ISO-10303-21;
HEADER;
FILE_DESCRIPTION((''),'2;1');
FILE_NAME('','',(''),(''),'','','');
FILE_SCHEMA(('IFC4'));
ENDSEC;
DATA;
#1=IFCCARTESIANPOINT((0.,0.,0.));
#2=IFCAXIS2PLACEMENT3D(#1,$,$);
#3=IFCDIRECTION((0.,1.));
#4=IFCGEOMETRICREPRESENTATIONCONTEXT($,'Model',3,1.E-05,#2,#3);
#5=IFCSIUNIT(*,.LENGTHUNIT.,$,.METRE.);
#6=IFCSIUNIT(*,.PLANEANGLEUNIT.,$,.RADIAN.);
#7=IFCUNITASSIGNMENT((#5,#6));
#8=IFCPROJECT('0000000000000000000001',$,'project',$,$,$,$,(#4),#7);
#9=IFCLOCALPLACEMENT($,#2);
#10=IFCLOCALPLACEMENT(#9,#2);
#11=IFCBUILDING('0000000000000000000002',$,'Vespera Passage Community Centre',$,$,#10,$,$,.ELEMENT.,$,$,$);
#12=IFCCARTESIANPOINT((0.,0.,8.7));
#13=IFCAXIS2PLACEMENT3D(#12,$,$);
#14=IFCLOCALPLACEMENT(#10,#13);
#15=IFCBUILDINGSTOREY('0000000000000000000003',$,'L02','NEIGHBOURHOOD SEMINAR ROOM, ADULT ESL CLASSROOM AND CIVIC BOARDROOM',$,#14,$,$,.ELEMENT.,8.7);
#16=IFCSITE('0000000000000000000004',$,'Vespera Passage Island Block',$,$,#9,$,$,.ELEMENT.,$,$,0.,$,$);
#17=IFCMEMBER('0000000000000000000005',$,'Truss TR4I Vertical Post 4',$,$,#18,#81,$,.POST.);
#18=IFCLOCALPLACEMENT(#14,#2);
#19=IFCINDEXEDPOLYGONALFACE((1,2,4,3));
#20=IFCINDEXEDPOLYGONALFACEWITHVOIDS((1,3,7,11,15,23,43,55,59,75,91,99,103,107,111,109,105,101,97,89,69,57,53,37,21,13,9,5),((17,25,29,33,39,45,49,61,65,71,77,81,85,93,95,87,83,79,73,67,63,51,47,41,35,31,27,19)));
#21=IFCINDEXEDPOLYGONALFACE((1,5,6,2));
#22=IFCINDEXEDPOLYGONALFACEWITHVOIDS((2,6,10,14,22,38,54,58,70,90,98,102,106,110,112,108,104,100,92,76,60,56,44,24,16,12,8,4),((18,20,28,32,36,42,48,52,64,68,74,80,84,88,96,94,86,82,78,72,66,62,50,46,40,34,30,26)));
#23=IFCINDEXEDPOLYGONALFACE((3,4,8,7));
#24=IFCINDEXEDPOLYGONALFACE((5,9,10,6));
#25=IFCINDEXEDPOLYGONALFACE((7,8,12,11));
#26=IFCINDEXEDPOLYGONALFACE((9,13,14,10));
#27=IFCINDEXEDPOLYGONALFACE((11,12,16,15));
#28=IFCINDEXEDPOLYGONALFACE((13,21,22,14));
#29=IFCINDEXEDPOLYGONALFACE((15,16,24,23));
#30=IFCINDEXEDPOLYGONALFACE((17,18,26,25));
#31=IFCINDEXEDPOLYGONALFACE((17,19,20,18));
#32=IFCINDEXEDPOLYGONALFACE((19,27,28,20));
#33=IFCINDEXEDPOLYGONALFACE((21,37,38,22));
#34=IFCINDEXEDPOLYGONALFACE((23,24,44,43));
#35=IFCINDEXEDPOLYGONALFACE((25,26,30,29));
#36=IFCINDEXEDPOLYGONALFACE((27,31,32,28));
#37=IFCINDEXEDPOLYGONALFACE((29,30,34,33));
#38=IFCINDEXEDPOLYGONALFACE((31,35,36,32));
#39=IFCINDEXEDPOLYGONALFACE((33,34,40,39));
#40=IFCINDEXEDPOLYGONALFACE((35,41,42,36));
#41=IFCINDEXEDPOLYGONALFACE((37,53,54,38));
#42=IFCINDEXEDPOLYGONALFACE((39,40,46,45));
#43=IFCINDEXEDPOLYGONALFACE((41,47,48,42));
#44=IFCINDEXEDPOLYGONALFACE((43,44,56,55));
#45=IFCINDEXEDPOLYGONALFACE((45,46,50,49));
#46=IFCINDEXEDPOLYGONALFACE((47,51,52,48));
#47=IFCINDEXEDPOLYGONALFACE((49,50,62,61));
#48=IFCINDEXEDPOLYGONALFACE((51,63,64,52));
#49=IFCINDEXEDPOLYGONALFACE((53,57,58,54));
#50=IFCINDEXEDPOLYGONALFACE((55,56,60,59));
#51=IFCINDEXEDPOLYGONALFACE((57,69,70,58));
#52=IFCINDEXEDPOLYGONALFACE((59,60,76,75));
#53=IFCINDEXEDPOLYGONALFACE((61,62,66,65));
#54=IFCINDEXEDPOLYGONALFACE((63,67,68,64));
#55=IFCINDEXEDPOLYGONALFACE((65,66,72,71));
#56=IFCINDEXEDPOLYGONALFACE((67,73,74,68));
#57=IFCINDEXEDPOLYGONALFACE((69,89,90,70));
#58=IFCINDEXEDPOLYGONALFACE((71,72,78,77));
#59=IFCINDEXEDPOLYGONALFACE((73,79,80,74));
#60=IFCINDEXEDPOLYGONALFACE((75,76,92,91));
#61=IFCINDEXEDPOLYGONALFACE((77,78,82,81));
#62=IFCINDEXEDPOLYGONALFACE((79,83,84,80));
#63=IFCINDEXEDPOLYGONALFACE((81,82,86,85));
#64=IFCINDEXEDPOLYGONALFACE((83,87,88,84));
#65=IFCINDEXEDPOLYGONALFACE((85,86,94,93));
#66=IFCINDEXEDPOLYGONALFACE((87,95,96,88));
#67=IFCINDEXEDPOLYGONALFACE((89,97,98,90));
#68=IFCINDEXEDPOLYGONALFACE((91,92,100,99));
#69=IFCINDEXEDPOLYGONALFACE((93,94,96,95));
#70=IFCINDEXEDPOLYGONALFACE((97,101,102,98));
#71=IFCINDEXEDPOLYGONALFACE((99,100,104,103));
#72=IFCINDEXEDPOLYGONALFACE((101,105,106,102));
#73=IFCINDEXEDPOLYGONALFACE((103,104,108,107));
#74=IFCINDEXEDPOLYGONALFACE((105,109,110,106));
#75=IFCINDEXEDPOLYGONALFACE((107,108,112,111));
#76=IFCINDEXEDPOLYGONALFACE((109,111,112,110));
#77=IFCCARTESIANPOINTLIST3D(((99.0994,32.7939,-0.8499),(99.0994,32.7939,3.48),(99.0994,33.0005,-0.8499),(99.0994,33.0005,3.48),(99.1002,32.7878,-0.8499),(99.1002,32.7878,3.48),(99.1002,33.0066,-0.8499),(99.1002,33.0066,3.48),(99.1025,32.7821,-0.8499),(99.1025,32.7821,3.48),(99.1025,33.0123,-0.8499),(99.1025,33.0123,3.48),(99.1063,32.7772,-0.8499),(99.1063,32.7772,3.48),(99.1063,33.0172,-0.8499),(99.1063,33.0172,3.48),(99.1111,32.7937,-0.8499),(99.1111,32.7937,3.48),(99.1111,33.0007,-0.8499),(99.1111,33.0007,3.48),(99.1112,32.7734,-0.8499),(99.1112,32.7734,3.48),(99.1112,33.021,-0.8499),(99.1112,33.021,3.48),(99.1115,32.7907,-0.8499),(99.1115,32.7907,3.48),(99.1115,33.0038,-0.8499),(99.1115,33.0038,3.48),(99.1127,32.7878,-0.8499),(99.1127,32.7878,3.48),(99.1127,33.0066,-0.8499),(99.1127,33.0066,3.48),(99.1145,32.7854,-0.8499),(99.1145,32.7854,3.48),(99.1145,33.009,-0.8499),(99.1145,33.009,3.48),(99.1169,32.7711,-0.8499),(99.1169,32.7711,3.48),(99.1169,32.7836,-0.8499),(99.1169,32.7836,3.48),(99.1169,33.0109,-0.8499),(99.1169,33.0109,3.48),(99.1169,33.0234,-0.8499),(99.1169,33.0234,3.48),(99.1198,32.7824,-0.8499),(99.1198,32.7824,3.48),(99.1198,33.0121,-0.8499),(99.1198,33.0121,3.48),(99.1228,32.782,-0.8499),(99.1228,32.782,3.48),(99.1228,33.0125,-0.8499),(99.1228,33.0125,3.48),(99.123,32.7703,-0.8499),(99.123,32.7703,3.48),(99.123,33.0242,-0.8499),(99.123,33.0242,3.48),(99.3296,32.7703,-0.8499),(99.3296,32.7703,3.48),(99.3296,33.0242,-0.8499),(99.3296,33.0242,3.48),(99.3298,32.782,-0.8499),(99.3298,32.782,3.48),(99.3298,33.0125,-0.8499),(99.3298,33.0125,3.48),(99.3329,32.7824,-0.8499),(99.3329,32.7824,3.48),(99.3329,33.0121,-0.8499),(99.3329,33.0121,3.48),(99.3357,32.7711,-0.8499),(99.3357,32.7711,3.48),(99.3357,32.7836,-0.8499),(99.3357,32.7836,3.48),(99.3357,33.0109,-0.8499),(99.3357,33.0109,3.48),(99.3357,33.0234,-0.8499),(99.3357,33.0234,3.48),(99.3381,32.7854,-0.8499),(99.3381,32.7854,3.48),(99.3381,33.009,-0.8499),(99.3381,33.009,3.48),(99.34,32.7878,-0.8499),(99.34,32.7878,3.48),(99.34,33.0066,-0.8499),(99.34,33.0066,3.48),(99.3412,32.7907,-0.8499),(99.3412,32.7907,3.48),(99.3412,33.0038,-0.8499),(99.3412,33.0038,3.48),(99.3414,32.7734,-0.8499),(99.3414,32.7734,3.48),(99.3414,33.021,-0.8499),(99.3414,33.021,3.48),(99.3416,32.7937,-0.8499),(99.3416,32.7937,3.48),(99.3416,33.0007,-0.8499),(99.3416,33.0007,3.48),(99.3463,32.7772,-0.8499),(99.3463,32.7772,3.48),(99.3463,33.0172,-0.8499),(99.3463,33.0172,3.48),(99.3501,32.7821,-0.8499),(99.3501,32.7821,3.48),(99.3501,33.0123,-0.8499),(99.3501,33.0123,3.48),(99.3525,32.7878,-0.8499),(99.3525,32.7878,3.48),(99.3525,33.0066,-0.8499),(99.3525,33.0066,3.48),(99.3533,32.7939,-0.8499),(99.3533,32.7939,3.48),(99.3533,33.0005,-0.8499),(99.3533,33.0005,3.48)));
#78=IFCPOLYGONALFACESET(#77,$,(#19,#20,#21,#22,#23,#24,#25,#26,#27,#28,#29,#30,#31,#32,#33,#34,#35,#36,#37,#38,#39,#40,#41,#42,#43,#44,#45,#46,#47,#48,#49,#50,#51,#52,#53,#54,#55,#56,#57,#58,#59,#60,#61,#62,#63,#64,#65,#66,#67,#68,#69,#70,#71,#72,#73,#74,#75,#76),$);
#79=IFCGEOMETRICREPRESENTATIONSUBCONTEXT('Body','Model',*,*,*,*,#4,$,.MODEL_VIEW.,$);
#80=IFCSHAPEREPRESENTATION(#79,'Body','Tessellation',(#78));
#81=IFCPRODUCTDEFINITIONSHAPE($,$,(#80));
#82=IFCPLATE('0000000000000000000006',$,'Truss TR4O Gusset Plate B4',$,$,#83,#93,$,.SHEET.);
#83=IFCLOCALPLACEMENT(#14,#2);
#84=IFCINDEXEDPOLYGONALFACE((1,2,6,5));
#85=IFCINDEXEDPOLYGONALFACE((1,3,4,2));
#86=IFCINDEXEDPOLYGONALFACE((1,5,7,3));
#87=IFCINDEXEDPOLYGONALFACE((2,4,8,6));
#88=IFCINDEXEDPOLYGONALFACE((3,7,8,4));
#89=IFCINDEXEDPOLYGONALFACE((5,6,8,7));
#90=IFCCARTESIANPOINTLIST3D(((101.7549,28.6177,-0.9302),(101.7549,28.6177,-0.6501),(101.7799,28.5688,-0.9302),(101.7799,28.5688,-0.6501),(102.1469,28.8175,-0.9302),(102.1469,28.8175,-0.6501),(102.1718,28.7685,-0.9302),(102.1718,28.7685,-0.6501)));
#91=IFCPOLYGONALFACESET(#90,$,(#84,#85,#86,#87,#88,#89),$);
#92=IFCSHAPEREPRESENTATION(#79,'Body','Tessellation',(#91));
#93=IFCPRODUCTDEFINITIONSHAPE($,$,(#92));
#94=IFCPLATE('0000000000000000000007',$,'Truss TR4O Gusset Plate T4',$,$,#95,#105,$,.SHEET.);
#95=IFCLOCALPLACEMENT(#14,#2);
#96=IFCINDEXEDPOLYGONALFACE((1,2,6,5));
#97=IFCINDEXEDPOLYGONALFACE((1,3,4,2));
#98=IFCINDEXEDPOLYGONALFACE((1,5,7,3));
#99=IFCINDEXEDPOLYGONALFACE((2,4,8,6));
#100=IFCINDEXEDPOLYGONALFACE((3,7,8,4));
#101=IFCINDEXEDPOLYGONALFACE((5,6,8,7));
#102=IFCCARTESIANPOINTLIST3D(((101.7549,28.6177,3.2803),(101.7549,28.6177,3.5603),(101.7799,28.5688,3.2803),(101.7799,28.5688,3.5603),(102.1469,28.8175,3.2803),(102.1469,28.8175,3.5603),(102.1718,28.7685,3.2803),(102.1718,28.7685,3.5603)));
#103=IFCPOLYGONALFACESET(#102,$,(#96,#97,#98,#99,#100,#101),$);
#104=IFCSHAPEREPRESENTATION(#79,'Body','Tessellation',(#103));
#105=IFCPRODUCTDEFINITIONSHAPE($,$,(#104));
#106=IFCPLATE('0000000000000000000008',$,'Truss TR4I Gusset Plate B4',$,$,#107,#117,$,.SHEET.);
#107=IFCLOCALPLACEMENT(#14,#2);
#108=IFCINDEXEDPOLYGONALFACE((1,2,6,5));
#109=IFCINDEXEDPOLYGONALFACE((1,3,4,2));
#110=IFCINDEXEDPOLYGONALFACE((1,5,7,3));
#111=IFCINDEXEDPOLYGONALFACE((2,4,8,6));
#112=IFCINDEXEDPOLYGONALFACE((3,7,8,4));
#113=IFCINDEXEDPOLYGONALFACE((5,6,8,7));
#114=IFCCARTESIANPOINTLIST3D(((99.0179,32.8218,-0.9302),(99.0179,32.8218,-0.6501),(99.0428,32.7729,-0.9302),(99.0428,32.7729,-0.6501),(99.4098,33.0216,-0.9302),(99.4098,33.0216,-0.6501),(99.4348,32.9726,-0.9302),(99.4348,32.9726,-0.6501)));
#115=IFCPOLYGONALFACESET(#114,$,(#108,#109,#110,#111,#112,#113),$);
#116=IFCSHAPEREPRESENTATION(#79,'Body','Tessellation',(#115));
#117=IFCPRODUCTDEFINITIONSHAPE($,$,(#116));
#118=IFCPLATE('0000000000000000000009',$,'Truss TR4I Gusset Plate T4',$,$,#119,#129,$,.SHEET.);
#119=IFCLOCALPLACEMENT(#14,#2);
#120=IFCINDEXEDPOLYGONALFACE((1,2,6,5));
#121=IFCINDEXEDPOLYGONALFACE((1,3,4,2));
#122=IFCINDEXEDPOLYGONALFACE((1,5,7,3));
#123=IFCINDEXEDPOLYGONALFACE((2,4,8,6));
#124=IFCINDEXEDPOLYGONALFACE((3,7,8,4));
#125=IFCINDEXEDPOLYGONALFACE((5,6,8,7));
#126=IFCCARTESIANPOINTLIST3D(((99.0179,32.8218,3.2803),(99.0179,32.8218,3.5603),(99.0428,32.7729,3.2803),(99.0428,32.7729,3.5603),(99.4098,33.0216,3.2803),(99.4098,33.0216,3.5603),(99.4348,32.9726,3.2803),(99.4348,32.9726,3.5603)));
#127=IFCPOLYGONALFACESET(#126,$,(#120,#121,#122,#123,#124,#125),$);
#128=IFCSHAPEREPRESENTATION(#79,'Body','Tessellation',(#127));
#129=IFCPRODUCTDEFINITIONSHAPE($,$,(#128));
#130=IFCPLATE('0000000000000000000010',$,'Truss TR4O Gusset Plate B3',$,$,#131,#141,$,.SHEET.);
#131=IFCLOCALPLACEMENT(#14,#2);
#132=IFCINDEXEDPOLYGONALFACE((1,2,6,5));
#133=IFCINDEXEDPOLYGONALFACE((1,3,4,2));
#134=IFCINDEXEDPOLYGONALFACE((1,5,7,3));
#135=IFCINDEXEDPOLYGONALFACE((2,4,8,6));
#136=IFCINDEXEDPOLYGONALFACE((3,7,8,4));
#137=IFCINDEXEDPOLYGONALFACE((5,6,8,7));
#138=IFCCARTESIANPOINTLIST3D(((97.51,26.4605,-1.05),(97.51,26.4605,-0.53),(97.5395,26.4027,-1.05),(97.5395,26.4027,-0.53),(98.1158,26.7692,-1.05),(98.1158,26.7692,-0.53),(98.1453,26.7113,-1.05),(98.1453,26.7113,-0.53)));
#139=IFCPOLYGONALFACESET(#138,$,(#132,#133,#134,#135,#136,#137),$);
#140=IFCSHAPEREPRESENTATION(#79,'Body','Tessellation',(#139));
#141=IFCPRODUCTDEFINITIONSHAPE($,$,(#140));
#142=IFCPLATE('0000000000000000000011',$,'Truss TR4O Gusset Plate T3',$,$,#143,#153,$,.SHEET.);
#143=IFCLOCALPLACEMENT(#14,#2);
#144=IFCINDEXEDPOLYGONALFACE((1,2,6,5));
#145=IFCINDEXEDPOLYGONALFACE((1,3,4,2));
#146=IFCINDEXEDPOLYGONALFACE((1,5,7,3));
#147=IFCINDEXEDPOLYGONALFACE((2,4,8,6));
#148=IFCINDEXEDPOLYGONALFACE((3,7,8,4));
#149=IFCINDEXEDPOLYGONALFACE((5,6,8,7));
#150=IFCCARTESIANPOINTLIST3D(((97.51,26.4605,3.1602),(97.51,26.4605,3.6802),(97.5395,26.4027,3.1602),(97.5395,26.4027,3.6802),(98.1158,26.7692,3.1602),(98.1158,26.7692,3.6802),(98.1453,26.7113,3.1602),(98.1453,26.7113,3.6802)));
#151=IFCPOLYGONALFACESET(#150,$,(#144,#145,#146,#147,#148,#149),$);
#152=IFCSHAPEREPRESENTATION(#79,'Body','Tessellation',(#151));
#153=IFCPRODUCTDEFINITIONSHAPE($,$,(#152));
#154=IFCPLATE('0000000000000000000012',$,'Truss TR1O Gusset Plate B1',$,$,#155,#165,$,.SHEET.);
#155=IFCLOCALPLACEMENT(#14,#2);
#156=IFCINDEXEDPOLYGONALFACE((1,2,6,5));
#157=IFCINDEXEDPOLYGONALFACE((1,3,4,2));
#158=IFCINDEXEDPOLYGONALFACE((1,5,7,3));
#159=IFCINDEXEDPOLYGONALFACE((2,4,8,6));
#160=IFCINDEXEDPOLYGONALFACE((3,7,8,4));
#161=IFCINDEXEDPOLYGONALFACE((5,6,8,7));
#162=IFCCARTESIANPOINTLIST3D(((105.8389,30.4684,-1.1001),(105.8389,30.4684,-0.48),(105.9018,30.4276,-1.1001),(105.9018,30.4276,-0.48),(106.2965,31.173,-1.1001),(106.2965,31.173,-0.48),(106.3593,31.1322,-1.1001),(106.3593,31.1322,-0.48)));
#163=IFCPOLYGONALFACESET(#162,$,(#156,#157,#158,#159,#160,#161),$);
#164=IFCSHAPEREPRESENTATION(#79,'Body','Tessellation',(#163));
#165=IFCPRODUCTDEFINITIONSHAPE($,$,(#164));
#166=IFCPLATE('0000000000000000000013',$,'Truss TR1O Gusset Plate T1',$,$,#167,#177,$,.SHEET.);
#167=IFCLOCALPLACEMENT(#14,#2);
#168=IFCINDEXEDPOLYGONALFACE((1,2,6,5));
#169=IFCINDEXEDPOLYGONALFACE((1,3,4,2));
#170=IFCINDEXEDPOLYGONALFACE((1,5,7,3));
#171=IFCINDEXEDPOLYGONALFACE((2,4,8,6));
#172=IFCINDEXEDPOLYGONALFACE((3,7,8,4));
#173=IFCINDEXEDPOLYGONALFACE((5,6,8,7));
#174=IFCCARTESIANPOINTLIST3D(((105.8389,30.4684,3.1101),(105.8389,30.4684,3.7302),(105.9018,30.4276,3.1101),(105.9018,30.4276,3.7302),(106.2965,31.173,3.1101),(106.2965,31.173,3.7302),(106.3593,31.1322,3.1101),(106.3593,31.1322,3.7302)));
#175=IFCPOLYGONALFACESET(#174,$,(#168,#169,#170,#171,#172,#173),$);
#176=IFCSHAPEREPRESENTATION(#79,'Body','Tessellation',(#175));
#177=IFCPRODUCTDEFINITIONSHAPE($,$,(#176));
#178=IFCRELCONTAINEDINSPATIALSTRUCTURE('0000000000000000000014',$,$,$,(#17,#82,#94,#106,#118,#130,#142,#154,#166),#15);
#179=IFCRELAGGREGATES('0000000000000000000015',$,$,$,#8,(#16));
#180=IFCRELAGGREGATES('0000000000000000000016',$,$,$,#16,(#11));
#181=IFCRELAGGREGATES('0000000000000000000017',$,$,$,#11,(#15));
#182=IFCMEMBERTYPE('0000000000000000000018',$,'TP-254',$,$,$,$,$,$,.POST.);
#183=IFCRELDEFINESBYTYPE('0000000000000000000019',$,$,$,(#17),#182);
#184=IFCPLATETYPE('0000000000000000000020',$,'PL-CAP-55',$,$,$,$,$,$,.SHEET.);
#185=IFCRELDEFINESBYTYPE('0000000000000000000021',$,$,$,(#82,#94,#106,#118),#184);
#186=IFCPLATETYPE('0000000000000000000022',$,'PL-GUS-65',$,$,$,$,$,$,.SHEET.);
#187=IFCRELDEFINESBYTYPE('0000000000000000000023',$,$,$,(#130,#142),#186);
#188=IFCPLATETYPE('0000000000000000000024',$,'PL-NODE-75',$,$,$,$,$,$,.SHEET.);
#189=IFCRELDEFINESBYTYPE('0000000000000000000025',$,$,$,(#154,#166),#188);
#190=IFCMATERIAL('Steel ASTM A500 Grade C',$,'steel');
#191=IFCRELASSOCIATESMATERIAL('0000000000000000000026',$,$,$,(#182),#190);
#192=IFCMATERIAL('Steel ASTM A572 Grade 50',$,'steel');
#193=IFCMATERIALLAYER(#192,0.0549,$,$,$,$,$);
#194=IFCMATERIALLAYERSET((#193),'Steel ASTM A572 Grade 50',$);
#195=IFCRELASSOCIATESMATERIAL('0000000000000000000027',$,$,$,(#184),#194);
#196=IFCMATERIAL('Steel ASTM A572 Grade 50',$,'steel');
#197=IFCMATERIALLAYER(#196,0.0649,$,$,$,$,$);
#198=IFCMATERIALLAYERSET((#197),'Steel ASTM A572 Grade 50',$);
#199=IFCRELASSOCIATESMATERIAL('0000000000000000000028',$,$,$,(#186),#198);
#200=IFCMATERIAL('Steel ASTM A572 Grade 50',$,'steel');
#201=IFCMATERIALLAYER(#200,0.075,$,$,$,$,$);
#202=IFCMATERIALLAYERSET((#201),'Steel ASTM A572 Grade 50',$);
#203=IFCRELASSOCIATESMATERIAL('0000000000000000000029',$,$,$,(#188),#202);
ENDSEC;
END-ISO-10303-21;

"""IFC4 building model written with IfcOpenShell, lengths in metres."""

from ifc_helpers import new_model, si_unit, direction, frame, origin, origin_2d, place, context, subcontext, project, spatial, rectangle, hollow_rectangle, extrude, material, layer, layer_set, material_profile, profile_set, type_object, element, save


model = new_model("IFC4")

# Units and contexts
model_context = context("Model", 3, precision=1e-05, world=origin(), true_north=direction((0.0, 1.0)))
body_context = subcontext(model_context, "Body", "Model", "MODEL_VIEW")
ifc_project = project(units=[si_unit("LENGTHUNIT", "METRE"), si_unit("PLANEANGLEUNIT", "RADIAN")], contexts=[model_context])

# Site, building, storey
site_placement = place(None, origin())
site = spatial("IfcSite", under=ifc_project, at=site_placement, Name="Vespera Passage Island Block", CompositionType="ELEMENT", RefElevation=0.0)
building_placement = place(site_placement, origin())
building = spatial("IfcBuilding", under=site, at=building_placement, Name="Vespera Passage Community Centre", CompositionType="ELEMENT")
storey_placement = place(building_placement, frame((0.0, 0.0, 8.7)))
storey = spatial("IfcBuildingStorey", under=building, at=storey_placement, Name="L02", Description="NEIGHBOURHOOD SEMINAR ROOM, ADULT ESL CLASSROOM AND CIVIC BOARDROOM", CompositionType="ELEMENT", Elevation=8.7)

# Member
ifc_material_1 = material(Name="Steel ASTM A500 Grade C", Category="steel")
ifc_material_profile_1 = material_profile(ifc_material_1, hollow_rectangle(XDim=0.2539, YDim=0.2539, WallThickness=0.0117, InnerFilletRadius=0.0117, OuterFilletRadius=0.0237, at=origin_2d()), Name="HSS254X254X12.7")
ifc_profile_set_1 = profile_set([ifc_material_profile_1], Name="Steel ASTM A500 Grade C")
member_type_1 = type_object("IfcMemberType", Name="TP-254", PredefinedType="POST", material=ifc_profile_set_1)
for number, where, z_axis, x_axis, name in (
    (1, (99.2263, 32.8972, -0.8499), (0.0, 0.0, 1.0), (1.0, 0.0, 0.0), "Truss TR4I Vertical Post 4"),
):
    element("IfcMember", number, at=place(storey_placement, frame(where, z_axis=z_axis, x_axis=x_axis)), inside=storey, type_object=member_type_1, Name=name, PredefinedType="POST", context=body_context, shape_type="SweptSolid", body=[
        extrude(hollow_rectangle(XDim=0.2539, YDim=0.2539, WallThickness=0.0117, InnerFilletRadius=0.0117, OuterFilletRadius=0.0237, at=origin_2d()), origin(), (0.0, 0.0, 1.0), 4.3298),
    ])

# Plates
ifc_material_2 = material(Name="Steel ASTM A572 Grade 50", Category="steel")
ifc_layer_1 = layer(ifc_material_2, 0.0549)
ifc_layer_set_1 = layer_set([ifc_layer_1], Name="Steel ASTM A572 Grade 50")
plate_type_1 = type_object("IfcPlateType", Name="PL-CAP-55", PredefinedType="SHEET", material=ifc_layer_set_1)
for number, where, z_axis, x_axis, name in (
    (2, (101.9634, 28.6931, -0.9302), (0.0, 0.0, 1.0), (0.891007, 0.45399, 0.0), "Truss TR4O Gusset Plate B4"),
    (3, (101.9634, 28.6931, 3.2803), (0.0, 0.0, 1.0), (0.891007, 0.45399, 0.0), "Truss TR4O Gusset Plate T4"),
    (4, (99.2263, 32.8972, -0.9302), (0.0, 0.0, 1.0), (0.891007, 0.45399, 0.0), "Truss TR4I Gusset Plate B4"),
    (5, (99.2263, 32.8972, 3.2803), (0.0, 0.0, 1.0), (0.891007, 0.45399, 0.0), "Truss TR4I Gusset Plate T4"),
):
    element("IfcPlate", number, at=place(storey_placement, frame(where, z_axis=z_axis, x_axis=x_axis)), inside=storey, type_object=plate_type_1, Name=name, PredefinedType="SHEET", context=body_context, shape_type="SweptSolid", body=[
        extrude(rectangle(XDim=0.4399, YDim=0.0549, at=origin_2d()), origin(), (0.0, 0.0, 1.0), 0.28),
    ])
ifc_material_3 = material(Name="Steel ASTM A572 Grade 50", Category="steel")
ifc_layer_2 = layer(ifc_material_3, 0.0649)
ifc_layer_set_2 = layer_set([ifc_layer_2], Name="Steel ASTM A572 Grade 50")
plate_type_2 = type_object("IfcPlateType", Name="PL-GUS-65", PredefinedType="SHEET", material=ifc_layer_set_2)
for number, where, z_axis, x_axis, name in (
    (6, (97.8276, 26.5859, -1.05), (0.0, 0.0, 1.0), (0.891007, 0.45399, 0.0), "Truss TR4O Gusset Plate B3"),
    (7, (97.8276, 26.5859, 3.1602), (0.0, 0.0, 1.0), (0.891007, 0.45399, 0.0), "Truss TR4O Gusset Plate T3"),
):
    element("IfcPlate", number, at=place(storey_placement, frame(where, z_axis=z_axis, x_axis=x_axis)), inside=storey, type_object=plate_type_2, Name=name, PredefinedType="SHEET", context=body_context, shape_type="SweptSolid", body=[
        extrude(rectangle(XDim=0.6799, YDim=0.0649, at=origin_2d()), origin(), (0.0, 0.0, 1.0), 0.52),
    ])
ifc_material_4 = material(Name="Steel ASTM A572 Grade 50", Category="steel")
ifc_layer_3 = layer(ifc_material_4, 0.075)
ifc_layer_set_3 = layer_set([ifc_layer_3], Name="Steel ASTM A572 Grade 50")
plate_type_3 = type_object("IfcPlateType", Name="PL-NODE-75", PredefinedType="SHEET", material=ifc_layer_set_3)
for number, where, z_axis, x_axis, name in (
    (8, (106.0991, 30.8003, -1.1001), (0.0, 0.0, 1.0), (0.544639, 0.838671, 0.0), "Truss TR1O Gusset Plate B1"),
    (9, (106.0991, 30.8003, 3.1101), (0.0, 0.0, 1.0), (0.544639, 0.838671, 0.0), "Truss TR1O Gusset Plate T1"),
):
    element("IfcPlate", number, at=place(storey_placement, frame(where, z_axis=z_axis, x_axis=x_axis)), inside=storey, type_object=plate_type_3, Name=name, PredefinedType="SHEET", context=body_context, shape_type="SweptSolid", body=[
        extrude(rectangle(XDim=0.8401, YDim=0.075, at=origin_2d()), origin(), (0.0, 0.0, 1.0), 0.6201),
    ])

save(model, "model.ifc")
